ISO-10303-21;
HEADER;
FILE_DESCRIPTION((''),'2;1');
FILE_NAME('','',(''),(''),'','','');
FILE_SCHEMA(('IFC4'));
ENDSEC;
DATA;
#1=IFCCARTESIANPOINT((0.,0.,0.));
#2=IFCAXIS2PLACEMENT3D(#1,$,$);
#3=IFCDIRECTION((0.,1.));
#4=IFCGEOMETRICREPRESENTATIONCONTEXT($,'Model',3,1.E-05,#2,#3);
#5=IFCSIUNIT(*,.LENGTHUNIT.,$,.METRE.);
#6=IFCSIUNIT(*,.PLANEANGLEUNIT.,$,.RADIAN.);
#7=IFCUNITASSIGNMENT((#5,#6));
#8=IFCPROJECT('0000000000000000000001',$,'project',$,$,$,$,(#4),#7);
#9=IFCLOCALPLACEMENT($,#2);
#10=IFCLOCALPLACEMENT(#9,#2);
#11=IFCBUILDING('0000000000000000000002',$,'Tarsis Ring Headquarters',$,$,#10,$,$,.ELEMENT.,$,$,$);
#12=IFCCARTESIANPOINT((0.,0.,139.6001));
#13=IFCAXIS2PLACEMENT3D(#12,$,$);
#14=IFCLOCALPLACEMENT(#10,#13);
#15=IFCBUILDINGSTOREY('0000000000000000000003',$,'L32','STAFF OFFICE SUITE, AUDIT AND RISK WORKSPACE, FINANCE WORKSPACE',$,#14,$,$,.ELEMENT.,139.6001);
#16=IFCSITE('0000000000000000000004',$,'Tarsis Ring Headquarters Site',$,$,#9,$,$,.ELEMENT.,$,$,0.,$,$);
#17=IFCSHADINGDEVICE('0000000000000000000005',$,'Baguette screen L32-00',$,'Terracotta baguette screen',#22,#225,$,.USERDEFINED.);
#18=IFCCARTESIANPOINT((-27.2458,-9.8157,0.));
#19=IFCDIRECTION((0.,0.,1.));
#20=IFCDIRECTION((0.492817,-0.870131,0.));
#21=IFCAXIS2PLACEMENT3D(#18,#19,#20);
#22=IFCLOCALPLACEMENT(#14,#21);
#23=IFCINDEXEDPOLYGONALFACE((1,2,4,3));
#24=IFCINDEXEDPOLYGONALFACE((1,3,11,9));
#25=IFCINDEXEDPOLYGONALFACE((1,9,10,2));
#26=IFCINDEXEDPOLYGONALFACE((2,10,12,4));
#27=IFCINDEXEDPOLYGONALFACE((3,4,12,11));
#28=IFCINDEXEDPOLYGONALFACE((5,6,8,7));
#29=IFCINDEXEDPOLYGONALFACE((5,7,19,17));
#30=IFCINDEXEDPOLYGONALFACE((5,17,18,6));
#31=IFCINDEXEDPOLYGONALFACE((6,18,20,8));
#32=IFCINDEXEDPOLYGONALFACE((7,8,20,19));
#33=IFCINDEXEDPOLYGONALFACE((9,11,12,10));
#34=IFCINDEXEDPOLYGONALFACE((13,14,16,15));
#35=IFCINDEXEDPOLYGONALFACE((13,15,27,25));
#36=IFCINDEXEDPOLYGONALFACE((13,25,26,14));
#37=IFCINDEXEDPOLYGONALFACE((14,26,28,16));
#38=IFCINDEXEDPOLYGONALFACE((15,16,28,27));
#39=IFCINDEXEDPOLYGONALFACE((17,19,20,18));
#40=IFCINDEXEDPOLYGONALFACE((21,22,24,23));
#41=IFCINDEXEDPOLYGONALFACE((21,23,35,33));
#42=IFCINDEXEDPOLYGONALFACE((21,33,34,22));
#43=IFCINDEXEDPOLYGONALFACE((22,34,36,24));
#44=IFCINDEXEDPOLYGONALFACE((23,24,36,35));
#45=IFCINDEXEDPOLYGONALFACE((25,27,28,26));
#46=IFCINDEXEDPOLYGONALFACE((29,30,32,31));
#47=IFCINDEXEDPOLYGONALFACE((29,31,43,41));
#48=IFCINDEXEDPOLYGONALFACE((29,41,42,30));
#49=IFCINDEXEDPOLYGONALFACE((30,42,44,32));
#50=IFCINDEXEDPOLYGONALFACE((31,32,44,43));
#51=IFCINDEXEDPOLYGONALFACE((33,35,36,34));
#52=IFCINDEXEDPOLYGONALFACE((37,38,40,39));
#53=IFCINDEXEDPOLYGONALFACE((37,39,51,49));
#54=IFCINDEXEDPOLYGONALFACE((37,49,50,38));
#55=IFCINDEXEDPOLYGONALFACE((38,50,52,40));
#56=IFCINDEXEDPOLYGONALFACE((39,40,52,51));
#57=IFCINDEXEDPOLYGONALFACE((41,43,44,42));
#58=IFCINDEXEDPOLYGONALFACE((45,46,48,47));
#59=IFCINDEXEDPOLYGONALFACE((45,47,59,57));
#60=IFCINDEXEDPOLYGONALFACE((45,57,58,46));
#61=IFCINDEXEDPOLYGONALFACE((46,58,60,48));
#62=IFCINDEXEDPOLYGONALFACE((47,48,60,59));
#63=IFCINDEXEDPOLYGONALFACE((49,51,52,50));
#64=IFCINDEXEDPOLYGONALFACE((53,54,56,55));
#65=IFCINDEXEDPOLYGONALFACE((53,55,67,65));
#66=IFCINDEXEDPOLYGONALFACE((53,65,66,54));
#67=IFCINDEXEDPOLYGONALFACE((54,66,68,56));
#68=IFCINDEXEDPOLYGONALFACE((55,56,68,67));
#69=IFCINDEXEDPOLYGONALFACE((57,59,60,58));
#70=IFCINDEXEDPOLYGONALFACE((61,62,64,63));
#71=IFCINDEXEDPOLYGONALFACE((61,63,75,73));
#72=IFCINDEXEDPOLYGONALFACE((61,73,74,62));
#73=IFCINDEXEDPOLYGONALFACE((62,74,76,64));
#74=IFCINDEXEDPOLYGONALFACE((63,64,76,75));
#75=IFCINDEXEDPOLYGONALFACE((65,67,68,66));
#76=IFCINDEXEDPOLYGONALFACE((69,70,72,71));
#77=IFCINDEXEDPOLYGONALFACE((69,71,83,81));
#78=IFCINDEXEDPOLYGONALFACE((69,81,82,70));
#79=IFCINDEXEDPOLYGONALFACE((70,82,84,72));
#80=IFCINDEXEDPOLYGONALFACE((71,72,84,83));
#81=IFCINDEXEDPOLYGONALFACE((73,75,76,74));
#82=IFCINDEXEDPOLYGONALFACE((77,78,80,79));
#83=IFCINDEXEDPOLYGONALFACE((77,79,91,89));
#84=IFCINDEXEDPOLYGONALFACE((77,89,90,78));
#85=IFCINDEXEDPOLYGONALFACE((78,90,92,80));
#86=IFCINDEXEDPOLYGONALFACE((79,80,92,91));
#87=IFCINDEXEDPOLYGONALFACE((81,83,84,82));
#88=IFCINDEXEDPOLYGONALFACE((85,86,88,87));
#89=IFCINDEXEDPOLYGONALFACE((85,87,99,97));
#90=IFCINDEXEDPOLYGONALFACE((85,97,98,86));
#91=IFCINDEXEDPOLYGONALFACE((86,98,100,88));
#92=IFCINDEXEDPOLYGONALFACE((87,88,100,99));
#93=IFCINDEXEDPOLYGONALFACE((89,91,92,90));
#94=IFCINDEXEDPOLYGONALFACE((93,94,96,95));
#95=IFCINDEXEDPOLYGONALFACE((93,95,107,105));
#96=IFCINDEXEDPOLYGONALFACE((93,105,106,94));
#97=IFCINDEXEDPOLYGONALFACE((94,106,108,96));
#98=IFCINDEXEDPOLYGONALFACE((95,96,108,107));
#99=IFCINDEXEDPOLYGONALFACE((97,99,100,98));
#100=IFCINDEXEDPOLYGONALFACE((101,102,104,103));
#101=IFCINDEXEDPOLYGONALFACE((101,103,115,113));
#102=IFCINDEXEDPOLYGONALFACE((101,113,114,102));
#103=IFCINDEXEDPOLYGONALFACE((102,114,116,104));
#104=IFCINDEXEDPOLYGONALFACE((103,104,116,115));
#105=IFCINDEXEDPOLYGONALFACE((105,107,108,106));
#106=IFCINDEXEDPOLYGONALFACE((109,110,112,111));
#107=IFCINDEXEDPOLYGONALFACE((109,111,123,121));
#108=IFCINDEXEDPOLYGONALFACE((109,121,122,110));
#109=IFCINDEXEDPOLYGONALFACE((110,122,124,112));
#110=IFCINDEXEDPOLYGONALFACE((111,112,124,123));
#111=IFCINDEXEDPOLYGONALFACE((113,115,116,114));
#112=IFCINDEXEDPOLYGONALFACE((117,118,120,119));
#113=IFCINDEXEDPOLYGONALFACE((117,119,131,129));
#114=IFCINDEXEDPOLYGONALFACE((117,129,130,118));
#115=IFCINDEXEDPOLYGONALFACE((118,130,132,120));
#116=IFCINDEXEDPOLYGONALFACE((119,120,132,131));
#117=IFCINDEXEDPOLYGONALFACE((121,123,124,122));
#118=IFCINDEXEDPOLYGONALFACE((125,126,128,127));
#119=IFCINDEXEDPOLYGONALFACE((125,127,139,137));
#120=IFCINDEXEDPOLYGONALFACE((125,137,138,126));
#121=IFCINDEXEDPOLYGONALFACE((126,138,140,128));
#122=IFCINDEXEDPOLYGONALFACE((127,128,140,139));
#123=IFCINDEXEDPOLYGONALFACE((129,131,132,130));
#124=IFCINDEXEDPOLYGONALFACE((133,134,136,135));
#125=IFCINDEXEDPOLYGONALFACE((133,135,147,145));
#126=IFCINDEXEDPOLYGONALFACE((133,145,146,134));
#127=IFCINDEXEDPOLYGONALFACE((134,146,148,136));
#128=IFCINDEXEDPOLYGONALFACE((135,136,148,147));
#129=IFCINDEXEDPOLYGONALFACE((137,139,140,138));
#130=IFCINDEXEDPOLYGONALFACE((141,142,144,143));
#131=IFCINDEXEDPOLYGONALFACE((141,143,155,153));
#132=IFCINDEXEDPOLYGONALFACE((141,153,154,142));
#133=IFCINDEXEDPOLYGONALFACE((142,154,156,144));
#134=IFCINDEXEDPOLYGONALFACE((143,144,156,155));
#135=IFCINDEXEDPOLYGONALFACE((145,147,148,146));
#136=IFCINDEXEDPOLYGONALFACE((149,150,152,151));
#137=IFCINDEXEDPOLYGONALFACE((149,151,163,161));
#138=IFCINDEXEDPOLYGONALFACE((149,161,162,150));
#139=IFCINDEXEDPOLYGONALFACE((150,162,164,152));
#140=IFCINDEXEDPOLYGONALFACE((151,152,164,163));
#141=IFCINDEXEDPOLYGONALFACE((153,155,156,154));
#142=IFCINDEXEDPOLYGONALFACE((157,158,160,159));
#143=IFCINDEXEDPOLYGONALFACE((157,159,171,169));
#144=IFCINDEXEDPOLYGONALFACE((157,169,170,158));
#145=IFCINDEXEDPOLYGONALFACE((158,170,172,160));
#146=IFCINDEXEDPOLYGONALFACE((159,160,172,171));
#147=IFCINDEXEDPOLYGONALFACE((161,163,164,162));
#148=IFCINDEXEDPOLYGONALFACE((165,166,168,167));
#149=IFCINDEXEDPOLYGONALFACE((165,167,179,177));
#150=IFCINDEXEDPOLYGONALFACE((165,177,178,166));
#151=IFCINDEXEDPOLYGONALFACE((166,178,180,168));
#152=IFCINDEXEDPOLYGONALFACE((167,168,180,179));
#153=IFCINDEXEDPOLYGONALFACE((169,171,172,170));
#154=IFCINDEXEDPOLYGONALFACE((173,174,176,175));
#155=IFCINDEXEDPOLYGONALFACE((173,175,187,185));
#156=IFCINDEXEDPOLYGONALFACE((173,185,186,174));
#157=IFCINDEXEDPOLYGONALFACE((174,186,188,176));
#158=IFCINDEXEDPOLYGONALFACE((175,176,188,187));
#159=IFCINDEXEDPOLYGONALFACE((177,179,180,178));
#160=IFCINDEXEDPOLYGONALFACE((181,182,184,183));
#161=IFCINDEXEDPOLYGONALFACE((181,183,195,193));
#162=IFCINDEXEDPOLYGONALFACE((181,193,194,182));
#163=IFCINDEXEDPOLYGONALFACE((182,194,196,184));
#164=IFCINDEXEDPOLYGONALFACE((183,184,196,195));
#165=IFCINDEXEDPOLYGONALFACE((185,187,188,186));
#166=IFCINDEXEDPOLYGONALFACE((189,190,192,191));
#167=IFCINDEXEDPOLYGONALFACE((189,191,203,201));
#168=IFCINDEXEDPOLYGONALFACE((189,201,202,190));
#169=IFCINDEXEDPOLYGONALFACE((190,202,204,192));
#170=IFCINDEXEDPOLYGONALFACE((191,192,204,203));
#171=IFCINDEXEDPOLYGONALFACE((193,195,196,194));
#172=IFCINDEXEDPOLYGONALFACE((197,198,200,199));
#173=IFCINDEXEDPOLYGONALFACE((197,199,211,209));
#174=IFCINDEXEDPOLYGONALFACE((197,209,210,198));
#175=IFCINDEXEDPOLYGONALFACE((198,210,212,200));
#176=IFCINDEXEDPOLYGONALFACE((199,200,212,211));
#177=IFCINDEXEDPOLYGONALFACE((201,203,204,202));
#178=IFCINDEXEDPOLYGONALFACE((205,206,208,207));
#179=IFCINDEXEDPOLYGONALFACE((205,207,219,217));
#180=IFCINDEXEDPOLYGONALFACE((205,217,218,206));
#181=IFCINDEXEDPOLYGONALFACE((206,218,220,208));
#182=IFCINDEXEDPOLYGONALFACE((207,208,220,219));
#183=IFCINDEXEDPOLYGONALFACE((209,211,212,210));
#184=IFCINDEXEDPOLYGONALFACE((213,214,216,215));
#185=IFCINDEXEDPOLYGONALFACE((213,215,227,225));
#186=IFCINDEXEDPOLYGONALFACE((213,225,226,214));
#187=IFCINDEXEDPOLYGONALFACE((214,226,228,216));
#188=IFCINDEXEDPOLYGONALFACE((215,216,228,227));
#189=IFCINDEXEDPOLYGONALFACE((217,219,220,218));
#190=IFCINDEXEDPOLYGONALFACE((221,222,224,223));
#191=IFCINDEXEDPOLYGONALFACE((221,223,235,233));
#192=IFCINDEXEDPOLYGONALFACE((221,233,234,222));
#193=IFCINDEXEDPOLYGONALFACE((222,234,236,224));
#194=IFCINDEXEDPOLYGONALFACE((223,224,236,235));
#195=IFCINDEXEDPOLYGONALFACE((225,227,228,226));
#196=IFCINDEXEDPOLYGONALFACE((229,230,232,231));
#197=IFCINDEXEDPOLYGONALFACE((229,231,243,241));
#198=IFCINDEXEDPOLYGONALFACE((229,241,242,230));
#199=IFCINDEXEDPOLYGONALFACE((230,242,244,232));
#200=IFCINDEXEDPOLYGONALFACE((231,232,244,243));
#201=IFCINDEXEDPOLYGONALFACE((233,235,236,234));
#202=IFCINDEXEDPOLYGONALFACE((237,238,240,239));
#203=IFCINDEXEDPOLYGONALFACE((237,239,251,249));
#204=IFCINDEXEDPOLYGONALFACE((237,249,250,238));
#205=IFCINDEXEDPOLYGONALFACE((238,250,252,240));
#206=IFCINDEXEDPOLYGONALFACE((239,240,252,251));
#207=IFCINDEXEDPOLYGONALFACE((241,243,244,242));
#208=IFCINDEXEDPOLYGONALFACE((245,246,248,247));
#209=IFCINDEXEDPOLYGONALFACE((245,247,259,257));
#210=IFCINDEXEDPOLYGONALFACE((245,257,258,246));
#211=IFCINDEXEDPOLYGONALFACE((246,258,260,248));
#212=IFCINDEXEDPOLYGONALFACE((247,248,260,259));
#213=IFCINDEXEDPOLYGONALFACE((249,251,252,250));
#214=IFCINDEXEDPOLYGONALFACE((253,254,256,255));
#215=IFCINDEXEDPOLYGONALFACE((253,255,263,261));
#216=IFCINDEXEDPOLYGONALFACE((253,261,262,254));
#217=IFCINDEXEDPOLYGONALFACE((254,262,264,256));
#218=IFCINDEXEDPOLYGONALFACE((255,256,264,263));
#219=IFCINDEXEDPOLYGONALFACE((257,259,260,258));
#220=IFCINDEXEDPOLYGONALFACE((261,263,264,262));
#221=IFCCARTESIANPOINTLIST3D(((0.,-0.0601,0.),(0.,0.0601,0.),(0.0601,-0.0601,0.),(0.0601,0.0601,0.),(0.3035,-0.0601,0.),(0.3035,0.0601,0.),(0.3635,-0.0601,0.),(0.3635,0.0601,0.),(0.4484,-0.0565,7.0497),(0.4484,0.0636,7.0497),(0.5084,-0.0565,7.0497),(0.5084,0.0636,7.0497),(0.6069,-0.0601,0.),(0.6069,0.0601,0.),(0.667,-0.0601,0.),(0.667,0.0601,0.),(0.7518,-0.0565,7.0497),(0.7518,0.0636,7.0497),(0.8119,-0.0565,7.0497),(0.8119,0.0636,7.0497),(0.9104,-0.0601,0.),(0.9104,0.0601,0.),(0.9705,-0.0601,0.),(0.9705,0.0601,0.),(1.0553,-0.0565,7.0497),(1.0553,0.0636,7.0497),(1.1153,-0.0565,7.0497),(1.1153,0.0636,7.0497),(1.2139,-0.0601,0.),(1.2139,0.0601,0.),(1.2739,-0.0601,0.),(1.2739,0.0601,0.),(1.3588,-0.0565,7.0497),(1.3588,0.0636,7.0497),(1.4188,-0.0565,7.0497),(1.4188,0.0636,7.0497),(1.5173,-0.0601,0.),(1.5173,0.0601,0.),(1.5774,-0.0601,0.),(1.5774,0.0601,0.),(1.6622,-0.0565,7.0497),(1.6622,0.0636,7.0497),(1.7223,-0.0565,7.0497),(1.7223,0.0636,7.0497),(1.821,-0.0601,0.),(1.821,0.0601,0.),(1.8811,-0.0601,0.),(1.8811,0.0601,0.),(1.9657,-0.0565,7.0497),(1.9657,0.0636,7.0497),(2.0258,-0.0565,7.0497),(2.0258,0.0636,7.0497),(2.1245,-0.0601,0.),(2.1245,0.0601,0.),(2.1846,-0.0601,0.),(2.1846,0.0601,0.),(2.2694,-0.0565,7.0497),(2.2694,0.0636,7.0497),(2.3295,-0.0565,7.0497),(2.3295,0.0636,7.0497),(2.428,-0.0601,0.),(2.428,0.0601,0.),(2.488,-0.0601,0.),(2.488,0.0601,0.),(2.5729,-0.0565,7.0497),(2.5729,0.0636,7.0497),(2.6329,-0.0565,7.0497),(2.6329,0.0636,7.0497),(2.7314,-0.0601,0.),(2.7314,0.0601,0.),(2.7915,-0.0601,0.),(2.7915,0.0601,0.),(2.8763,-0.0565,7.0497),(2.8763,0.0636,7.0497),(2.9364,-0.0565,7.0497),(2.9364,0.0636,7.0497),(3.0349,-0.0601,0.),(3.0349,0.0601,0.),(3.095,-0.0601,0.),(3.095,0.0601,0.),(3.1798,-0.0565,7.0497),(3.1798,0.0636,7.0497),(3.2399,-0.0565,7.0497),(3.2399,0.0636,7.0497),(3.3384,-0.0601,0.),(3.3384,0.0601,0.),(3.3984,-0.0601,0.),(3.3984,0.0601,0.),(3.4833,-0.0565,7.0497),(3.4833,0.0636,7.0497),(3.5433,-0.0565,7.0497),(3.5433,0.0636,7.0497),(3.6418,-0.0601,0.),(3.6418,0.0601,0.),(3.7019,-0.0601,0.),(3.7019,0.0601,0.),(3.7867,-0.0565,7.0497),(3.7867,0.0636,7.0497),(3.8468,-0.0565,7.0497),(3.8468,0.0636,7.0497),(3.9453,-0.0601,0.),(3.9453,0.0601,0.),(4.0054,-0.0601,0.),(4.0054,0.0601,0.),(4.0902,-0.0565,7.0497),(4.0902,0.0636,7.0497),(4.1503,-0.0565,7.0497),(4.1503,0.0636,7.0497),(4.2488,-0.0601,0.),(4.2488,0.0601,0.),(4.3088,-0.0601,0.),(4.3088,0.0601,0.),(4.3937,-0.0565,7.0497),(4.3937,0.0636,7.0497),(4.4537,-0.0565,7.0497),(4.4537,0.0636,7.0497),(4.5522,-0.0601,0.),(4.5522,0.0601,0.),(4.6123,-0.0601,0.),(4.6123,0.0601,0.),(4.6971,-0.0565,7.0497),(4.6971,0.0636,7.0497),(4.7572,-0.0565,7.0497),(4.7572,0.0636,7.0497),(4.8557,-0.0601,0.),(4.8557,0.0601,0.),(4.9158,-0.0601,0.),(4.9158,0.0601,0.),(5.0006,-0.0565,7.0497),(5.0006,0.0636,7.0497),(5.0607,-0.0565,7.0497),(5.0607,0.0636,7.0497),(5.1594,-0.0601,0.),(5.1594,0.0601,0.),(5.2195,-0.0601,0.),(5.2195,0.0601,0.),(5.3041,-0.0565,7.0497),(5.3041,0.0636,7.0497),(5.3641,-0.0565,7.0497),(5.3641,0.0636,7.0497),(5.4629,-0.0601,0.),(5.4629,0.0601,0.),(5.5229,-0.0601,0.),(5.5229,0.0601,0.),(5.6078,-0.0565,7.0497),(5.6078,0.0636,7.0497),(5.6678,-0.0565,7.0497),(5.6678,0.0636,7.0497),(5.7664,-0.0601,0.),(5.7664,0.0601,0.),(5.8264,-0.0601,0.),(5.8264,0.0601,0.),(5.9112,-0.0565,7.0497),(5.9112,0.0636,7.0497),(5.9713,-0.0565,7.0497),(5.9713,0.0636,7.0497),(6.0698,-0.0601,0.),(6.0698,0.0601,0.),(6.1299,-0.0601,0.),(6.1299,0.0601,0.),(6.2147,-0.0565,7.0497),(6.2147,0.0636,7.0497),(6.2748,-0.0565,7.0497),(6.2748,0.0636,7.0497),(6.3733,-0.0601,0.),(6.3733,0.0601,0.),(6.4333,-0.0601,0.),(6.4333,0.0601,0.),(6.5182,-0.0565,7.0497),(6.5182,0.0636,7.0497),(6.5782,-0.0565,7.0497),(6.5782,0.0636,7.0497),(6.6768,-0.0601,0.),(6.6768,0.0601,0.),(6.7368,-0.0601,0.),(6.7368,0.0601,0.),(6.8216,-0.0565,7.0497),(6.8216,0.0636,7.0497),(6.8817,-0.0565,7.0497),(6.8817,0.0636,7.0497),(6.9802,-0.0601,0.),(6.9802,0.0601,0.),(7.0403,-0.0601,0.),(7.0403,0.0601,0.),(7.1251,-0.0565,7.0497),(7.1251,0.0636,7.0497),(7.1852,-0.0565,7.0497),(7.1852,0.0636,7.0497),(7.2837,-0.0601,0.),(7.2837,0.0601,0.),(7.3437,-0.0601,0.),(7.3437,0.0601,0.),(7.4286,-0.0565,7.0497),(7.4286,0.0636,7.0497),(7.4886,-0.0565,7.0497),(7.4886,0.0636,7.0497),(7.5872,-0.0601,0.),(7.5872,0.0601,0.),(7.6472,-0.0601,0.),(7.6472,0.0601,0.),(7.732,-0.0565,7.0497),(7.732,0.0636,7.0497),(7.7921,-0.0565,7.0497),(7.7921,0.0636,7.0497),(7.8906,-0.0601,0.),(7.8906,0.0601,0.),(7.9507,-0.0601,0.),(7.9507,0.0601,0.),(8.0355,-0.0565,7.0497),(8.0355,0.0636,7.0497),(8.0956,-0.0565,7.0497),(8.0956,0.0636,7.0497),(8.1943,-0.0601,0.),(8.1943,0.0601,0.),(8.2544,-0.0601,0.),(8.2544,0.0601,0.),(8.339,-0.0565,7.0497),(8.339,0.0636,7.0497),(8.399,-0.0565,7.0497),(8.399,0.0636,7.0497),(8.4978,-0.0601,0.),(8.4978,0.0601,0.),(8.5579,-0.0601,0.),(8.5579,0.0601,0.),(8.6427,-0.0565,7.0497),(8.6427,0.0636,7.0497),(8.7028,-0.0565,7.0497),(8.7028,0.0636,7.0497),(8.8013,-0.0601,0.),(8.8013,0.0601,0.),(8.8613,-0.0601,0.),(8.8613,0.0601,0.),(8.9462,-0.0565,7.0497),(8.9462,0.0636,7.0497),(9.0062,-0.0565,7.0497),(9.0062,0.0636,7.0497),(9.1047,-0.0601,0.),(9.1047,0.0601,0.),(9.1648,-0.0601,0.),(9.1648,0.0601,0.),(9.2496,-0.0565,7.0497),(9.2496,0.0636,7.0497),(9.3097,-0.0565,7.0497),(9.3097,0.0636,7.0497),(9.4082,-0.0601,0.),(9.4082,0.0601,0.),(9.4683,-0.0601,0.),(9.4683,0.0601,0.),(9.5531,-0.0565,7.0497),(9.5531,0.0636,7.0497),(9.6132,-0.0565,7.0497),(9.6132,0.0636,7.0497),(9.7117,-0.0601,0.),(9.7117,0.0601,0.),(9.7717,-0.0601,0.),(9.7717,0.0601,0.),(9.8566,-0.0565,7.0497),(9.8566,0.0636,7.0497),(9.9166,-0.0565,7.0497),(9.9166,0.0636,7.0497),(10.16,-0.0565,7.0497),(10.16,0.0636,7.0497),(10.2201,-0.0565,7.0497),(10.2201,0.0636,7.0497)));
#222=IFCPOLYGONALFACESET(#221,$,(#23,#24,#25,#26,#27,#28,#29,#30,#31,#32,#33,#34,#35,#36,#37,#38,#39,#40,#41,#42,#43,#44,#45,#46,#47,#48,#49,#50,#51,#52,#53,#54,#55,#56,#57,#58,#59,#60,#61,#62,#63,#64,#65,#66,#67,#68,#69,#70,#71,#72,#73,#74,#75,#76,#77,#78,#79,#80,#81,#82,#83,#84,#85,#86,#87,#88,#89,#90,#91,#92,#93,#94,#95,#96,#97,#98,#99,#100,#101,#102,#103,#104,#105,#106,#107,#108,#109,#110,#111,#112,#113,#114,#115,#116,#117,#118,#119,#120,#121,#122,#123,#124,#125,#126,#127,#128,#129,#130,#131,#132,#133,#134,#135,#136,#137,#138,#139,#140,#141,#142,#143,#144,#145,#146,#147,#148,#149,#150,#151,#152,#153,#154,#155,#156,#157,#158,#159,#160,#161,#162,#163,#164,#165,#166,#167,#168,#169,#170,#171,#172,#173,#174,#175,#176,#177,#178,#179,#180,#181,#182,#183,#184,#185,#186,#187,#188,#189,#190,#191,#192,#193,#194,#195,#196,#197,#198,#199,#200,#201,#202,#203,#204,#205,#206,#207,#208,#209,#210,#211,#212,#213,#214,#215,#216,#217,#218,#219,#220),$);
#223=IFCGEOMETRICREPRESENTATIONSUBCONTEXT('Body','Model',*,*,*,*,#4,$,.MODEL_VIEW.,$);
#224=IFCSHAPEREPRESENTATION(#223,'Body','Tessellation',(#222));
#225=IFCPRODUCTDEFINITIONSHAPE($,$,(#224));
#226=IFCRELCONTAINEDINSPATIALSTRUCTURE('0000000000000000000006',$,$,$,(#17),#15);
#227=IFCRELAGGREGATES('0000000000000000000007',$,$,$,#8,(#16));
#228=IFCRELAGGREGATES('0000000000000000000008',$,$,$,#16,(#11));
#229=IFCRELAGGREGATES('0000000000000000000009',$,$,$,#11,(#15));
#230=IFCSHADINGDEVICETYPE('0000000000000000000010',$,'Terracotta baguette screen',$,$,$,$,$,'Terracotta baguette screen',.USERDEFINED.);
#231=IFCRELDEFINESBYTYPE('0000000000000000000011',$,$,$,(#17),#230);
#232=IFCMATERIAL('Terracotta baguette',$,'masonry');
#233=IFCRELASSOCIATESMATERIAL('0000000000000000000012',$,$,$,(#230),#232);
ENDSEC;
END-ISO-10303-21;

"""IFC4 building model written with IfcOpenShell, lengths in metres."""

from ifc_helpers import new_model, si_unit, direction, frame, frame_2d, origin, place, context, subcontext, project, spatial, rectangle, composite_profile, extrude, material, type_object, element, save


model = new_model("IFC4")

# Units and contexts
model_context = context("Model", 3, precision=1e-05, world=origin(), true_north=direction((0.0, 1.0)))
body_context = subcontext(model_context, "Body", "Model", "MODEL_VIEW")
ifc_project = project(units=[si_unit("LENGTHUNIT", "METRE"), si_unit("PLANEANGLEUNIT", "RADIAN")], contexts=[model_context])

# Site, building, storey
site_placement = place(None, origin())
site = spatial("IfcSite", under=ifc_project, at=site_placement, Name="Tarsis Ring Headquarters Site", CompositionType="ELEMENT", RefElevation=0.0)
building_placement = place(site_placement, origin())
building = spatial("IfcBuilding", under=site, at=building_placement, Name="Tarsis Ring Headquarters", CompositionType="ELEMENT")
storey_placement = place(building_placement, frame((0.0, 0.0, 139.6001)))
storey = spatial("IfcBuildingStorey", under=building, at=storey_placement, Name="L32", Description="STAFF OFFICE SUITE, AUDIT AND RISK WORKSPACE, FINANCE WORKSPACE", CompositionType="ELEMENT", Elevation=139.6001)

# Shading device
ifc_material_1 = material(Name="Terracotta baguette", Category="masonry")
shading_device_type = type_object("IfcShadingDeviceType", Name="Terracotta baguette screen", ElementType="Terracotta baguette screen", PredefinedType="USERDEFINED", material=ifc_material_1)
shading_device_placement = place(storey_placement, frame((-27.2458, -9.8157, 0.0), z_axis=(0.0, 0.0, 1.0), x_axis=(0.492817, -0.870131, 0.0)))
element("IfcShadingDevice", 1, at=shading_device_placement, inside=storey, type_object=shading_device_type, Name="Baguette screen L32-00", ObjectType="Terracotta baguette screen", PredefinedType="USERDEFINED", context=body_context, shape_type="SweptSolid", body=[
    extrude(composite_profile([rectangle(XDim=0.0601, YDim=0.1201, at=frame_2d((0.03, 0.0))), rectangle(XDim=0.0601, YDim=0.1201, at=frame_2d((0.3335, 0.0))), rectangle(XDim=0.0601, YDim=0.1201, at=frame_2d((0.637, 0.0))), rectangle(XDim=0.0601, YDim=0.1201, at=frame_2d((0.9404, 0.0))), rectangle(XDim=0.0601, YDim=0.1201, at=frame_2d((1.2439, 0.0))), rectangle(XDim=0.0601, YDim=0.1201, at=frame_2d((1.5474, 0.0))), rectangle(XDim=0.0601, YDim=0.1201, at=frame_2d((1.8511, 0.0))), rectangle(XDim=0.0601, YDim=0.1201, at=frame_2d((2.1545, 0.0))), rectangle(XDim=0.0601, YDim=0.1201, at=frame_2d((2.458, 0.0))), rectangle(XDim=0.0601, YDim=0.1201, at=frame_2d((2.7615, 0.0))), rectangle(XDim=0.0601, YDim=0.1201, at=frame_2d((3.0649, 0.0))), rectangle(XDim=0.0601, YDim=0.1201, at=frame_2d((3.3684, 0.0))), rectangle(XDim=0.0601, YDim=0.1201, at=frame_2d((3.6719, 0.0))), rectangle(XDim=0.0601, YDim=0.1201, at=frame_2d((3.9753, 0.0))), rectangle(XDim=0.0601, YDim=0.1201, at=frame_2d((4.2788, 0.0))), rectangle(XDim=0.0601, YDim=0.1201, at=frame_2d((4.5823, 0.0))), rectangle(XDim=0.0601, YDim=0.1201, at=frame_2d((4.8857, 0.0))), rectangle(XDim=0.0601, YDim=0.1201, at=frame_2d((5.1895, 0.0))), rectangle(XDim=0.0601, YDim=0.1201, at=frame_2d((5.4929, 0.0))), rectangle(XDim=0.0601, YDim=0.1201, at=frame_2d((5.7964, 0.0))), rectangle(XDim=0.0601, YDim=0.1201, at=frame_2d((6.0999, 0.0))), rectangle(XDim=0.0601, YDim=0.1201, at=frame_2d((6.4033, 0.0))), rectangle(XDim=0.0601, YDim=0.1201, at=frame_2d((6.7068, 0.0))), rectangle(XDim=0.0601, YDim=0.1201, at=frame_2d((7.0103, 0.0))), rectangle(XDim=0.0601, YDim=0.1201, at=frame_2d((7.3137, 0.0))), rectangle(XDim=0.0601, YDim=0.1201, at=frame_2d((7.6172, 0.0))), rectangle(XDim=0.0601, YDim=0.1201, at=frame_2d((7.9207, 0.0))), rectangle(XDim=0.0601, YDim=0.1201, at=frame_2d((8.2244, 0.0))), rectangle(XDim=0.0601, YDim=0.1201, at=frame_2d((8.5278, 0.0))), rectangle(XDim=0.0601, YDim=0.1201, at=frame_2d((8.8313, 0.0))), rectangle(XDim=0.0601, YDim=0.1201, at=frame_2d((9.1348, 0.0))), rectangle(XDim=0.0601, YDim=0.1201, at=frame_2d((9.4382, 0.0))), rectangle(XDim=0.0601, YDim=0.1201, at=frame_2d((9.7417, 0.0)))]), origin(), (0.063471, 0.000497, 0.997984), 7.064),
])

save(model, "model.ifc")
